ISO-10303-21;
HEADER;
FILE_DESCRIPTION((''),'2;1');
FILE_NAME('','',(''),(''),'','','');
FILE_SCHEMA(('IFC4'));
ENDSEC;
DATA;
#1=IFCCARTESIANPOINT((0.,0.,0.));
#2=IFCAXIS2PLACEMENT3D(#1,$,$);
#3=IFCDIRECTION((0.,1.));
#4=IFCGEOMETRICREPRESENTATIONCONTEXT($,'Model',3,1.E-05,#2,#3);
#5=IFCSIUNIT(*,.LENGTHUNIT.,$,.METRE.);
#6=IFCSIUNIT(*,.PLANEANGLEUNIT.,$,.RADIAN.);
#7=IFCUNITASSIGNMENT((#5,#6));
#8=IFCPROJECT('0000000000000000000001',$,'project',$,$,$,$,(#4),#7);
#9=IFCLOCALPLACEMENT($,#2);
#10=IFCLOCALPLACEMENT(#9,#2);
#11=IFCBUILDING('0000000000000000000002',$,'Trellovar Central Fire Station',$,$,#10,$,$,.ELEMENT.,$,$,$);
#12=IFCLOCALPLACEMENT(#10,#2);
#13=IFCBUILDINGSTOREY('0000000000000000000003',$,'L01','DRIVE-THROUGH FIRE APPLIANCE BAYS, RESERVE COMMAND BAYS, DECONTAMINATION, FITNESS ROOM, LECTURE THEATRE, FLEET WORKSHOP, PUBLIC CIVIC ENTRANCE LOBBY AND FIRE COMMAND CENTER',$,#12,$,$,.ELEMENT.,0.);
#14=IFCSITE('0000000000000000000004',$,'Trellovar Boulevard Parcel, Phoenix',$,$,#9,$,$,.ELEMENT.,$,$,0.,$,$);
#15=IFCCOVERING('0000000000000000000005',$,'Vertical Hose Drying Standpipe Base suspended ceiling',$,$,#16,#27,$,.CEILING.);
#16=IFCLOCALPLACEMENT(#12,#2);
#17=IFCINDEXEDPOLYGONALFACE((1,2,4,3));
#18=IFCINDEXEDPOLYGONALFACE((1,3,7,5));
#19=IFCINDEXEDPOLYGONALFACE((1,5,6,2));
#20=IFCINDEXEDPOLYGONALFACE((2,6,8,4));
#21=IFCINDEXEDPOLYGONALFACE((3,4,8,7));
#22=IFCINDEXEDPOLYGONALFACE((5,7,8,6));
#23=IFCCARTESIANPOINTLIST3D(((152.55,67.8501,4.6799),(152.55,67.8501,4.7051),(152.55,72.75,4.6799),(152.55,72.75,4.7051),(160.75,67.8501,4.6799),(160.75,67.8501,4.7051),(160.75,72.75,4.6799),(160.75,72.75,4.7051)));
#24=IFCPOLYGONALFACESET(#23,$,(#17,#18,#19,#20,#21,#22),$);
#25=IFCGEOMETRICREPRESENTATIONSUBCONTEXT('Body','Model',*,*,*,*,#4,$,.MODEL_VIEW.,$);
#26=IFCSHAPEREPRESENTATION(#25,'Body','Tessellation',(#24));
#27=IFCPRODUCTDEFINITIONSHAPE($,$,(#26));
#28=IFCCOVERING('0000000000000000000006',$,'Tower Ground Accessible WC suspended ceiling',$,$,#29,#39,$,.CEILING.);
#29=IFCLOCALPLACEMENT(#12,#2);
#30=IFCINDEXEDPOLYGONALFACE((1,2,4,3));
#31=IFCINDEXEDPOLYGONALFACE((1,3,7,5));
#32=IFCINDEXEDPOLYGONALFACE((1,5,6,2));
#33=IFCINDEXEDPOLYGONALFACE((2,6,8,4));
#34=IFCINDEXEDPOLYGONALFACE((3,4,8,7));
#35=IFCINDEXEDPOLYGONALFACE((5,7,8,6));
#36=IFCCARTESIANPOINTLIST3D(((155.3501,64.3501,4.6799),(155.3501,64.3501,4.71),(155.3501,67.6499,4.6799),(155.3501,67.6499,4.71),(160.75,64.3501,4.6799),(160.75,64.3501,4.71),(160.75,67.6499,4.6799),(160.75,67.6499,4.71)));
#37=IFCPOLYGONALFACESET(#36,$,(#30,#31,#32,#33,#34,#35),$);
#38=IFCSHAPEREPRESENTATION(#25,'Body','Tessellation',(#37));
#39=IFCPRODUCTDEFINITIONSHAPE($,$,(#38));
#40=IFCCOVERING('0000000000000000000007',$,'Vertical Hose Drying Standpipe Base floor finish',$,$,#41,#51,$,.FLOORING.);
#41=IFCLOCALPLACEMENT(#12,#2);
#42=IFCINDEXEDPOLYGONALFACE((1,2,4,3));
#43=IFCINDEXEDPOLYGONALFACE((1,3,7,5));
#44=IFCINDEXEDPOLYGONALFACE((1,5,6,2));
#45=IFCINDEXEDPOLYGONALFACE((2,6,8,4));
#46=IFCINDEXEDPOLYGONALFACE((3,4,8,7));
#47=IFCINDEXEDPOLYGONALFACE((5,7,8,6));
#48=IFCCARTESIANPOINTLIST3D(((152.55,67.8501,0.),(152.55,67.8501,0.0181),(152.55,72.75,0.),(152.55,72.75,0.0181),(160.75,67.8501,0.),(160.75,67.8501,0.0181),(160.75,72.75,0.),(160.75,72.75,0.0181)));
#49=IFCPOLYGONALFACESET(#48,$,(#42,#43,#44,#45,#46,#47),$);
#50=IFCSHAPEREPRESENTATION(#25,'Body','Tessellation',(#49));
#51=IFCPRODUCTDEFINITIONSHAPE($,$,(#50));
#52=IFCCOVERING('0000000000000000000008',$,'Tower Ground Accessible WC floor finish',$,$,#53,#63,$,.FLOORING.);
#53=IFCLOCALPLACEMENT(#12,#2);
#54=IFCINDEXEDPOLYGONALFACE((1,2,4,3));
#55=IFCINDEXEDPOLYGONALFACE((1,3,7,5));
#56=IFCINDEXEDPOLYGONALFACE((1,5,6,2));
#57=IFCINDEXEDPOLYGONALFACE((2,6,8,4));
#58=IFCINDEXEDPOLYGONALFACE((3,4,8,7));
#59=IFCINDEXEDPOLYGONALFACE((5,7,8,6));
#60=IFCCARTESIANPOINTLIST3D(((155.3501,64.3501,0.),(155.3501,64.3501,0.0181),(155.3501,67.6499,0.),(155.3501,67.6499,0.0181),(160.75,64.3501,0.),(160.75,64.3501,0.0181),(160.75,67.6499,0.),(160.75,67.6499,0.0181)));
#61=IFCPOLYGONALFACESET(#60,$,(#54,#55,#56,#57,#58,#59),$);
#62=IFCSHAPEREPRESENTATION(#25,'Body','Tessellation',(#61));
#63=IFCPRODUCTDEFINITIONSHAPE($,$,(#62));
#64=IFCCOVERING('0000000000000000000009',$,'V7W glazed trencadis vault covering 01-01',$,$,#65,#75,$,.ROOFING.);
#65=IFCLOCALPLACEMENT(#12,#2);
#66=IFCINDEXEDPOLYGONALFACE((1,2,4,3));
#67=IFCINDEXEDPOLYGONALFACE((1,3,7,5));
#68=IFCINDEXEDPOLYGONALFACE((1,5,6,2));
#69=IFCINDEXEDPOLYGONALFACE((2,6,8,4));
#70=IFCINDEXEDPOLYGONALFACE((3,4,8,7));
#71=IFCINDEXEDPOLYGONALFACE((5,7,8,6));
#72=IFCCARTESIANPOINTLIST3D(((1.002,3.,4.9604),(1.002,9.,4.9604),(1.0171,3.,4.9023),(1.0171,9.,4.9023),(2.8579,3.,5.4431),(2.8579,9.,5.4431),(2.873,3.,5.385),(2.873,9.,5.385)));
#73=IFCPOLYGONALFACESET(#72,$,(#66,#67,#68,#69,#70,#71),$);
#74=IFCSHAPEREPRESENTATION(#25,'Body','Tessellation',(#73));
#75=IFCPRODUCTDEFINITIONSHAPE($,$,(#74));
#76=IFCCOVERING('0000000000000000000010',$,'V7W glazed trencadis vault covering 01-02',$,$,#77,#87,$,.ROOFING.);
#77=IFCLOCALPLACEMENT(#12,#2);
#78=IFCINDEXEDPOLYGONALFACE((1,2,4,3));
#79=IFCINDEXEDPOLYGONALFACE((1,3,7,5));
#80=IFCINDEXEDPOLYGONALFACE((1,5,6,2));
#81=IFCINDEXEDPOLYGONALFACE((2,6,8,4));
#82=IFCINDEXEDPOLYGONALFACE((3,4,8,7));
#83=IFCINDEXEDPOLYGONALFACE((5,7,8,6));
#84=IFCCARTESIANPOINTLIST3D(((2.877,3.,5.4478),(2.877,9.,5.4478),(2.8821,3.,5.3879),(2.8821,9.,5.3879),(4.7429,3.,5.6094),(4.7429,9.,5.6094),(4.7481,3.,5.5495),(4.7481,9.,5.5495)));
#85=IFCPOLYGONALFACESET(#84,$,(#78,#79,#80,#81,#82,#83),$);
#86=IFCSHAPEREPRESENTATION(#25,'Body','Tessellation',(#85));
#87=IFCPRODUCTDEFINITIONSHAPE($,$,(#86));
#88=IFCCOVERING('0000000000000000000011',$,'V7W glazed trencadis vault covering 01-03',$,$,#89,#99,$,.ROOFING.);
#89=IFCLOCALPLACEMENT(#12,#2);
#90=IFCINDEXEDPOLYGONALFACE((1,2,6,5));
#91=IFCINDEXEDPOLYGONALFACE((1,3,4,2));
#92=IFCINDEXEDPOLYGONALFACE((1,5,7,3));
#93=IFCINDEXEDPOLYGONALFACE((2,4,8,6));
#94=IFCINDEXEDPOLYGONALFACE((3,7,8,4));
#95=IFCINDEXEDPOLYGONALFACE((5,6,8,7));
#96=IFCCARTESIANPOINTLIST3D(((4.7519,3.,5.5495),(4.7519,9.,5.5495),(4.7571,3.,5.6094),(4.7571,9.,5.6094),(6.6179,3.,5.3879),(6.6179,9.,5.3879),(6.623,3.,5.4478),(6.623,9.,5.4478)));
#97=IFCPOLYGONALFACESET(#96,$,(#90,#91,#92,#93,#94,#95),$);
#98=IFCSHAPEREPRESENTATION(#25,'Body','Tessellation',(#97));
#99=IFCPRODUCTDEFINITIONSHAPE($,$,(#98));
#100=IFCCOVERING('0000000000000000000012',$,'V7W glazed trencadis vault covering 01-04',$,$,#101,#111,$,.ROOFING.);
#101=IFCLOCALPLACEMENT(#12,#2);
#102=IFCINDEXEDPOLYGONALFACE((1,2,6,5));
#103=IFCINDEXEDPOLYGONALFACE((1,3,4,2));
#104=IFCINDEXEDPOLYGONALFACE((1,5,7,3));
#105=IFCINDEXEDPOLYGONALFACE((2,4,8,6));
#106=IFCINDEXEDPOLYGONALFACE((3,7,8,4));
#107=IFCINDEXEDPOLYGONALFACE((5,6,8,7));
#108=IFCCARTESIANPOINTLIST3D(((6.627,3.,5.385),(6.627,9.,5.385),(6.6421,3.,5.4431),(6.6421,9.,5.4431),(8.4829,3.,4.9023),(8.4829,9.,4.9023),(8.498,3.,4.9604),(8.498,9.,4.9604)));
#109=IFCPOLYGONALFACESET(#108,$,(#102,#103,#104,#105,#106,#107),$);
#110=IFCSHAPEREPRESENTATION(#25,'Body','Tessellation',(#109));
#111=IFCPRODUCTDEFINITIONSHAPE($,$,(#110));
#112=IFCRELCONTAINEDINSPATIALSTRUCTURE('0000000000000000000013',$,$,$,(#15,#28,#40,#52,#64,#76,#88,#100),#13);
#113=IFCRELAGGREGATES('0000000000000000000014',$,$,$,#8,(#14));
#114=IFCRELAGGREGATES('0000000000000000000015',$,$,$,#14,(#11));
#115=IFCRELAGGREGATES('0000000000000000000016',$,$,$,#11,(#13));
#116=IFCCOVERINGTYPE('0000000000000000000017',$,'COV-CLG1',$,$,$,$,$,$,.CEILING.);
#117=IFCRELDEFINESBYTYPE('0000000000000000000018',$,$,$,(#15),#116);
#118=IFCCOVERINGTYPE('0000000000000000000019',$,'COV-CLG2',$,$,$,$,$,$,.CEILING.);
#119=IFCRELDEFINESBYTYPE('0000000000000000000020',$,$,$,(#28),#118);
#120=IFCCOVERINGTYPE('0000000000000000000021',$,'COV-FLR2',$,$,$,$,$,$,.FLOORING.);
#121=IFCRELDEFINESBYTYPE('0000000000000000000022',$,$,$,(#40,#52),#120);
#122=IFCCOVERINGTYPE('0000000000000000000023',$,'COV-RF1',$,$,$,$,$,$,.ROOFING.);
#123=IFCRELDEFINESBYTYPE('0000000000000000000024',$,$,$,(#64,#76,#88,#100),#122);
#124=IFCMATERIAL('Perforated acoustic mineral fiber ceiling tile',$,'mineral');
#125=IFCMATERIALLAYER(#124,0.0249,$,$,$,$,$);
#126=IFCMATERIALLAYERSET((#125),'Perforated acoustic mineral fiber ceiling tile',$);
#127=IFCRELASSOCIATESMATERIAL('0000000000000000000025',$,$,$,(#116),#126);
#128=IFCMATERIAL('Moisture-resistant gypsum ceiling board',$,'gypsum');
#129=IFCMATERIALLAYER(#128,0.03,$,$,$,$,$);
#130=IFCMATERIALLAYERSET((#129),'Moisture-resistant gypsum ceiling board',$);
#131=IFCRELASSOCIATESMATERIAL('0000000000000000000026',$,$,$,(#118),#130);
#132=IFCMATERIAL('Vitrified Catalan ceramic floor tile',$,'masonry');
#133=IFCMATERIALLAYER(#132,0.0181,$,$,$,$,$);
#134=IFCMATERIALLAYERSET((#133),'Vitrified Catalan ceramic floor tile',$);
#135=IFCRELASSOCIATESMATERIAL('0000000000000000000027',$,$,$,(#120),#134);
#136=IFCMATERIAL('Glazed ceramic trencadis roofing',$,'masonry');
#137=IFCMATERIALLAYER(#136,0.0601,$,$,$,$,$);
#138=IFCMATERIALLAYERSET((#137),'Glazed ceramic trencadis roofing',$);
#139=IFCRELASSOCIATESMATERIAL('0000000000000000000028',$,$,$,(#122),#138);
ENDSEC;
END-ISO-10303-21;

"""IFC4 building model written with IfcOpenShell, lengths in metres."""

from ifc_helpers import new_model, si_unit, direction, frame, origin, place, context, subcontext, project, spatial, polyline, outline, extrude, material, layer, layer_set, type_object, element, save


model = new_model("IFC4")

# Units and contexts
model_context = context("Model", 3, precision=1e-05, world=origin(), true_north=direction((0.0, 1.0)))
body_context = subcontext(model_context, "Body", "Model", "MODEL_VIEW")
ifc_project = project(units=[si_unit("LENGTHUNIT", "METRE"), si_unit("PLANEANGLEUNIT", "RADIAN")], contexts=[model_context])

# Site, building, storey
site_placement = place(None, origin())
site = spatial("IfcSite", under=ifc_project, at=site_placement, Name="Trellovar Boulevard Parcel, Phoenix", CompositionType="ELEMENT", RefElevation=0.0)
building_placement = place(site_placement, origin())
building = spatial("IfcBuilding", under=site, at=building_placement, Name="Trellovar Central Fire Station", CompositionType="ELEMENT")
storey_placement = place(building_placement, origin())
storey = spatial("IfcBuildingStorey", under=building, at=storey_placement, Name="L01", Description="DRIVE-THROUGH FIRE APPLIANCE BAYS, RESERVE COMMAND BAYS, DECONTAMINATION, FITNESS ROOM, LECTURE THEATRE, FLEET WORKSHOP, PUBLIC CIVIC ENTRANCE LOBBY AND FIRE COMMAND CENTER", CompositionType="ELEMENT", Elevation=0.0)

# Coverings
ifc_material_1 = material(Name="Perforated acoustic mineral fiber ceiling tile", Category="mineral")
ifc_layer_1 = layer(ifc_material_1, 0.0249)
ifc_layer_set_1 = layer_set([ifc_layer_1], Name="Perforated acoustic mineral fiber ceiling tile")
covering_type_1 = type_object("IfcCoveringType", Name="COV-CLG1", PredefinedType="CEILING", material=ifc_layer_set_1)
covering_1_placement = place(storey_placement, frame((0.0, 0.0, 4.6799)))
element("IfcCovering", 1, at=covering_1_placement, inside=storey, type_object=covering_type_1, Name="Vertical Hose Drying Standpipe Base suspended ceiling", PredefinedType="CEILING", context=body_context, shape_type="SweptSolid", body=[
    extrude(outline(polyline([(160.75, 67.8501), (152.55, 67.8501), (152.55, 72.75), (160.75, 72.75), (160.75, 67.8501)])), origin(), (0.0, 0.0, 1.0), 0.0251),
])
ifc_material_2 = material(Name="Moisture-resistant gypsum ceiling board", Category="gypsum")
ifc_layer_2 = layer(ifc_material_2, 0.03)
ifc_layer_set_2 = layer_set([ifc_layer_2], Name="Moisture-resistant gypsum ceiling board")
covering_type_2 = type_object("IfcCoveringType", Name="COV-CLG2", PredefinedType="CEILING", material=ifc_layer_set_2)
covering_2_placement = place(storey_placement, frame((0.0, 0.0, 4.6799)))
element("IfcCovering", 2, at=covering_2_placement, inside=storey, type_object=covering_type_2, Name="Tower Ground Accessible WC suspended ceiling", PredefinedType="CEILING", context=body_context, shape_type="SweptSolid", body=[
    extrude(outline(polyline([(160.75, 64.3501), (155.3501, 64.3501), (155.3501, 67.6499), (160.75, 67.6499), (160.75, 64.3501)])), origin(), (0.0, 0.0, 1.0), 0.03),
])
ifc_material_3 = material(Name="Vitrified Catalan ceramic floor tile", Category="masonry")
ifc_layer_3 = layer(ifc_material_3, 0.0181)
ifc_layer_set_3 = layer_set([ifc_layer_3], Name="Vitrified Catalan ceramic floor tile")
covering_type_3 = type_object("IfcCoveringType", Name="COV-FLR2", PredefinedType="FLOORING", material=ifc_layer_set_3)
covering_3_placement = place(storey_placement, origin())
element("IfcCovering", 3, at=covering_3_placement, inside=storey, type_object=covering_type_3, Name="Vertical Hose Drying Standpipe Base floor finish", PredefinedType="FLOORING", context=body_context, shape_type="SweptSolid", body=[
    extrude(outline(polyline([(160.75, 67.8501), (152.55, 67.8501), (152.55, 72.75), (160.75, 72.75), (160.75, 67.8501)])), origin(), (0.0, 0.0, 1.0), 0.0181),
])
covering_4_placement = place(storey_placement, origin())
element("IfcCovering", 4, at=covering_4_placement, inside=storey, type_object=covering_type_3, Name="Tower Ground Accessible WC floor finish", PredefinedType="FLOORING", context=body_context, shape_type="SweptSolid", body=[
    extrude(outline(polyline([(160.75, 64.3501), (155.3501, 64.3501), (155.3501, 67.6499), (160.75, 67.6499), (160.75, 64.3501)])), origin(), (0.0, 0.0, 1.0), 0.0181),
])
ifc_material_4 = material(Name="Glazed ceramic trencadis roofing", Category="masonry")
ifc_layer_4 = layer(ifc_material_4, 0.0601)
ifc_layer_set_4 = layer_set([ifc_layer_4], Name="Glazed ceramic trencadis roofing")
covering_type_4 = type_object("IfcCoveringType", Name="COV-RF1", PredefinedType="ROOFING", material=ifc_layer_set_4)
covering_5_placement = place(storey_placement, frame((1.002, 3.0, 4.9604), z_axis=(-0.251691, 0.0, 0.967808), x_axis=(0.967808, 0.0, 0.251691)))
element("IfcCovering", 5, at=covering_5_placement, inside=storey, type_object=covering_type_4, Name="V7W glazed trencadis vault covering 01-01", PredefinedType="ROOFING", context=body_context, shape_type="SweptSolid", body=[
    extrude(outline(polyline([(0.0, 0.0), (1.9177, 0.0), (1.9177, 6.0), (0.0, 6.0), (0.0, 0.0)])), origin(), (0.0, 0.0, -1.0), 0.0601),
])
for number, where, z_axis, x_axis, name in (
    (6, (2.877, 3.0, 5.4478), (-0.086292, 0.0, 0.99627), (0.99627, 0.0, 0.086292), "V7W glazed trencadis vault covering 01-02"),
    (7, (4.7571, 3.0, 5.6094), (0.086292, 0.0, 0.99627), (0.99627, 0.0, -0.086292), "V7W glazed trencadis vault covering 01-03"),
):
    element("IfcCovering", number, at=place(storey_placement, frame(where, z_axis=z_axis, x_axis=x_axis)), inside=storey, type_object=covering_type_4, Name=name, PredefinedType="ROOFING", context=body_context, shape_type="SweptSolid", body=[
        extrude(outline(polyline([(0.0, 0.0), (1.873, 0.0), (1.873, 6.0), (0.0, 6.0), (0.0, 0.0)])), origin(), (0.0, 0.0, -1.0), 0.0601),
    ])
covering_6_placement = place(storey_placement, frame((6.6421, 3.0, 5.4431), z_axis=(0.251691, 0.0, 0.967808), x_axis=(0.967808, 0.0, -0.251691)))
element("IfcCovering", 8, at=covering_6_placement, inside=storey, type_object=covering_type_4, Name="V7W glazed trencadis vault covering 01-04", PredefinedType="ROOFING", context=body_context, shape_type="SweptSolid", body=[
    extrude(outline(polyline([(0.0, 0.0), (1.9177, 0.0), (1.9177, 6.0), (0.0, 6.0), (0.0, 0.0)])), origin(), (0.0, 0.0, -1.0), 0.0601),
])

save(model, "model.ifc")
